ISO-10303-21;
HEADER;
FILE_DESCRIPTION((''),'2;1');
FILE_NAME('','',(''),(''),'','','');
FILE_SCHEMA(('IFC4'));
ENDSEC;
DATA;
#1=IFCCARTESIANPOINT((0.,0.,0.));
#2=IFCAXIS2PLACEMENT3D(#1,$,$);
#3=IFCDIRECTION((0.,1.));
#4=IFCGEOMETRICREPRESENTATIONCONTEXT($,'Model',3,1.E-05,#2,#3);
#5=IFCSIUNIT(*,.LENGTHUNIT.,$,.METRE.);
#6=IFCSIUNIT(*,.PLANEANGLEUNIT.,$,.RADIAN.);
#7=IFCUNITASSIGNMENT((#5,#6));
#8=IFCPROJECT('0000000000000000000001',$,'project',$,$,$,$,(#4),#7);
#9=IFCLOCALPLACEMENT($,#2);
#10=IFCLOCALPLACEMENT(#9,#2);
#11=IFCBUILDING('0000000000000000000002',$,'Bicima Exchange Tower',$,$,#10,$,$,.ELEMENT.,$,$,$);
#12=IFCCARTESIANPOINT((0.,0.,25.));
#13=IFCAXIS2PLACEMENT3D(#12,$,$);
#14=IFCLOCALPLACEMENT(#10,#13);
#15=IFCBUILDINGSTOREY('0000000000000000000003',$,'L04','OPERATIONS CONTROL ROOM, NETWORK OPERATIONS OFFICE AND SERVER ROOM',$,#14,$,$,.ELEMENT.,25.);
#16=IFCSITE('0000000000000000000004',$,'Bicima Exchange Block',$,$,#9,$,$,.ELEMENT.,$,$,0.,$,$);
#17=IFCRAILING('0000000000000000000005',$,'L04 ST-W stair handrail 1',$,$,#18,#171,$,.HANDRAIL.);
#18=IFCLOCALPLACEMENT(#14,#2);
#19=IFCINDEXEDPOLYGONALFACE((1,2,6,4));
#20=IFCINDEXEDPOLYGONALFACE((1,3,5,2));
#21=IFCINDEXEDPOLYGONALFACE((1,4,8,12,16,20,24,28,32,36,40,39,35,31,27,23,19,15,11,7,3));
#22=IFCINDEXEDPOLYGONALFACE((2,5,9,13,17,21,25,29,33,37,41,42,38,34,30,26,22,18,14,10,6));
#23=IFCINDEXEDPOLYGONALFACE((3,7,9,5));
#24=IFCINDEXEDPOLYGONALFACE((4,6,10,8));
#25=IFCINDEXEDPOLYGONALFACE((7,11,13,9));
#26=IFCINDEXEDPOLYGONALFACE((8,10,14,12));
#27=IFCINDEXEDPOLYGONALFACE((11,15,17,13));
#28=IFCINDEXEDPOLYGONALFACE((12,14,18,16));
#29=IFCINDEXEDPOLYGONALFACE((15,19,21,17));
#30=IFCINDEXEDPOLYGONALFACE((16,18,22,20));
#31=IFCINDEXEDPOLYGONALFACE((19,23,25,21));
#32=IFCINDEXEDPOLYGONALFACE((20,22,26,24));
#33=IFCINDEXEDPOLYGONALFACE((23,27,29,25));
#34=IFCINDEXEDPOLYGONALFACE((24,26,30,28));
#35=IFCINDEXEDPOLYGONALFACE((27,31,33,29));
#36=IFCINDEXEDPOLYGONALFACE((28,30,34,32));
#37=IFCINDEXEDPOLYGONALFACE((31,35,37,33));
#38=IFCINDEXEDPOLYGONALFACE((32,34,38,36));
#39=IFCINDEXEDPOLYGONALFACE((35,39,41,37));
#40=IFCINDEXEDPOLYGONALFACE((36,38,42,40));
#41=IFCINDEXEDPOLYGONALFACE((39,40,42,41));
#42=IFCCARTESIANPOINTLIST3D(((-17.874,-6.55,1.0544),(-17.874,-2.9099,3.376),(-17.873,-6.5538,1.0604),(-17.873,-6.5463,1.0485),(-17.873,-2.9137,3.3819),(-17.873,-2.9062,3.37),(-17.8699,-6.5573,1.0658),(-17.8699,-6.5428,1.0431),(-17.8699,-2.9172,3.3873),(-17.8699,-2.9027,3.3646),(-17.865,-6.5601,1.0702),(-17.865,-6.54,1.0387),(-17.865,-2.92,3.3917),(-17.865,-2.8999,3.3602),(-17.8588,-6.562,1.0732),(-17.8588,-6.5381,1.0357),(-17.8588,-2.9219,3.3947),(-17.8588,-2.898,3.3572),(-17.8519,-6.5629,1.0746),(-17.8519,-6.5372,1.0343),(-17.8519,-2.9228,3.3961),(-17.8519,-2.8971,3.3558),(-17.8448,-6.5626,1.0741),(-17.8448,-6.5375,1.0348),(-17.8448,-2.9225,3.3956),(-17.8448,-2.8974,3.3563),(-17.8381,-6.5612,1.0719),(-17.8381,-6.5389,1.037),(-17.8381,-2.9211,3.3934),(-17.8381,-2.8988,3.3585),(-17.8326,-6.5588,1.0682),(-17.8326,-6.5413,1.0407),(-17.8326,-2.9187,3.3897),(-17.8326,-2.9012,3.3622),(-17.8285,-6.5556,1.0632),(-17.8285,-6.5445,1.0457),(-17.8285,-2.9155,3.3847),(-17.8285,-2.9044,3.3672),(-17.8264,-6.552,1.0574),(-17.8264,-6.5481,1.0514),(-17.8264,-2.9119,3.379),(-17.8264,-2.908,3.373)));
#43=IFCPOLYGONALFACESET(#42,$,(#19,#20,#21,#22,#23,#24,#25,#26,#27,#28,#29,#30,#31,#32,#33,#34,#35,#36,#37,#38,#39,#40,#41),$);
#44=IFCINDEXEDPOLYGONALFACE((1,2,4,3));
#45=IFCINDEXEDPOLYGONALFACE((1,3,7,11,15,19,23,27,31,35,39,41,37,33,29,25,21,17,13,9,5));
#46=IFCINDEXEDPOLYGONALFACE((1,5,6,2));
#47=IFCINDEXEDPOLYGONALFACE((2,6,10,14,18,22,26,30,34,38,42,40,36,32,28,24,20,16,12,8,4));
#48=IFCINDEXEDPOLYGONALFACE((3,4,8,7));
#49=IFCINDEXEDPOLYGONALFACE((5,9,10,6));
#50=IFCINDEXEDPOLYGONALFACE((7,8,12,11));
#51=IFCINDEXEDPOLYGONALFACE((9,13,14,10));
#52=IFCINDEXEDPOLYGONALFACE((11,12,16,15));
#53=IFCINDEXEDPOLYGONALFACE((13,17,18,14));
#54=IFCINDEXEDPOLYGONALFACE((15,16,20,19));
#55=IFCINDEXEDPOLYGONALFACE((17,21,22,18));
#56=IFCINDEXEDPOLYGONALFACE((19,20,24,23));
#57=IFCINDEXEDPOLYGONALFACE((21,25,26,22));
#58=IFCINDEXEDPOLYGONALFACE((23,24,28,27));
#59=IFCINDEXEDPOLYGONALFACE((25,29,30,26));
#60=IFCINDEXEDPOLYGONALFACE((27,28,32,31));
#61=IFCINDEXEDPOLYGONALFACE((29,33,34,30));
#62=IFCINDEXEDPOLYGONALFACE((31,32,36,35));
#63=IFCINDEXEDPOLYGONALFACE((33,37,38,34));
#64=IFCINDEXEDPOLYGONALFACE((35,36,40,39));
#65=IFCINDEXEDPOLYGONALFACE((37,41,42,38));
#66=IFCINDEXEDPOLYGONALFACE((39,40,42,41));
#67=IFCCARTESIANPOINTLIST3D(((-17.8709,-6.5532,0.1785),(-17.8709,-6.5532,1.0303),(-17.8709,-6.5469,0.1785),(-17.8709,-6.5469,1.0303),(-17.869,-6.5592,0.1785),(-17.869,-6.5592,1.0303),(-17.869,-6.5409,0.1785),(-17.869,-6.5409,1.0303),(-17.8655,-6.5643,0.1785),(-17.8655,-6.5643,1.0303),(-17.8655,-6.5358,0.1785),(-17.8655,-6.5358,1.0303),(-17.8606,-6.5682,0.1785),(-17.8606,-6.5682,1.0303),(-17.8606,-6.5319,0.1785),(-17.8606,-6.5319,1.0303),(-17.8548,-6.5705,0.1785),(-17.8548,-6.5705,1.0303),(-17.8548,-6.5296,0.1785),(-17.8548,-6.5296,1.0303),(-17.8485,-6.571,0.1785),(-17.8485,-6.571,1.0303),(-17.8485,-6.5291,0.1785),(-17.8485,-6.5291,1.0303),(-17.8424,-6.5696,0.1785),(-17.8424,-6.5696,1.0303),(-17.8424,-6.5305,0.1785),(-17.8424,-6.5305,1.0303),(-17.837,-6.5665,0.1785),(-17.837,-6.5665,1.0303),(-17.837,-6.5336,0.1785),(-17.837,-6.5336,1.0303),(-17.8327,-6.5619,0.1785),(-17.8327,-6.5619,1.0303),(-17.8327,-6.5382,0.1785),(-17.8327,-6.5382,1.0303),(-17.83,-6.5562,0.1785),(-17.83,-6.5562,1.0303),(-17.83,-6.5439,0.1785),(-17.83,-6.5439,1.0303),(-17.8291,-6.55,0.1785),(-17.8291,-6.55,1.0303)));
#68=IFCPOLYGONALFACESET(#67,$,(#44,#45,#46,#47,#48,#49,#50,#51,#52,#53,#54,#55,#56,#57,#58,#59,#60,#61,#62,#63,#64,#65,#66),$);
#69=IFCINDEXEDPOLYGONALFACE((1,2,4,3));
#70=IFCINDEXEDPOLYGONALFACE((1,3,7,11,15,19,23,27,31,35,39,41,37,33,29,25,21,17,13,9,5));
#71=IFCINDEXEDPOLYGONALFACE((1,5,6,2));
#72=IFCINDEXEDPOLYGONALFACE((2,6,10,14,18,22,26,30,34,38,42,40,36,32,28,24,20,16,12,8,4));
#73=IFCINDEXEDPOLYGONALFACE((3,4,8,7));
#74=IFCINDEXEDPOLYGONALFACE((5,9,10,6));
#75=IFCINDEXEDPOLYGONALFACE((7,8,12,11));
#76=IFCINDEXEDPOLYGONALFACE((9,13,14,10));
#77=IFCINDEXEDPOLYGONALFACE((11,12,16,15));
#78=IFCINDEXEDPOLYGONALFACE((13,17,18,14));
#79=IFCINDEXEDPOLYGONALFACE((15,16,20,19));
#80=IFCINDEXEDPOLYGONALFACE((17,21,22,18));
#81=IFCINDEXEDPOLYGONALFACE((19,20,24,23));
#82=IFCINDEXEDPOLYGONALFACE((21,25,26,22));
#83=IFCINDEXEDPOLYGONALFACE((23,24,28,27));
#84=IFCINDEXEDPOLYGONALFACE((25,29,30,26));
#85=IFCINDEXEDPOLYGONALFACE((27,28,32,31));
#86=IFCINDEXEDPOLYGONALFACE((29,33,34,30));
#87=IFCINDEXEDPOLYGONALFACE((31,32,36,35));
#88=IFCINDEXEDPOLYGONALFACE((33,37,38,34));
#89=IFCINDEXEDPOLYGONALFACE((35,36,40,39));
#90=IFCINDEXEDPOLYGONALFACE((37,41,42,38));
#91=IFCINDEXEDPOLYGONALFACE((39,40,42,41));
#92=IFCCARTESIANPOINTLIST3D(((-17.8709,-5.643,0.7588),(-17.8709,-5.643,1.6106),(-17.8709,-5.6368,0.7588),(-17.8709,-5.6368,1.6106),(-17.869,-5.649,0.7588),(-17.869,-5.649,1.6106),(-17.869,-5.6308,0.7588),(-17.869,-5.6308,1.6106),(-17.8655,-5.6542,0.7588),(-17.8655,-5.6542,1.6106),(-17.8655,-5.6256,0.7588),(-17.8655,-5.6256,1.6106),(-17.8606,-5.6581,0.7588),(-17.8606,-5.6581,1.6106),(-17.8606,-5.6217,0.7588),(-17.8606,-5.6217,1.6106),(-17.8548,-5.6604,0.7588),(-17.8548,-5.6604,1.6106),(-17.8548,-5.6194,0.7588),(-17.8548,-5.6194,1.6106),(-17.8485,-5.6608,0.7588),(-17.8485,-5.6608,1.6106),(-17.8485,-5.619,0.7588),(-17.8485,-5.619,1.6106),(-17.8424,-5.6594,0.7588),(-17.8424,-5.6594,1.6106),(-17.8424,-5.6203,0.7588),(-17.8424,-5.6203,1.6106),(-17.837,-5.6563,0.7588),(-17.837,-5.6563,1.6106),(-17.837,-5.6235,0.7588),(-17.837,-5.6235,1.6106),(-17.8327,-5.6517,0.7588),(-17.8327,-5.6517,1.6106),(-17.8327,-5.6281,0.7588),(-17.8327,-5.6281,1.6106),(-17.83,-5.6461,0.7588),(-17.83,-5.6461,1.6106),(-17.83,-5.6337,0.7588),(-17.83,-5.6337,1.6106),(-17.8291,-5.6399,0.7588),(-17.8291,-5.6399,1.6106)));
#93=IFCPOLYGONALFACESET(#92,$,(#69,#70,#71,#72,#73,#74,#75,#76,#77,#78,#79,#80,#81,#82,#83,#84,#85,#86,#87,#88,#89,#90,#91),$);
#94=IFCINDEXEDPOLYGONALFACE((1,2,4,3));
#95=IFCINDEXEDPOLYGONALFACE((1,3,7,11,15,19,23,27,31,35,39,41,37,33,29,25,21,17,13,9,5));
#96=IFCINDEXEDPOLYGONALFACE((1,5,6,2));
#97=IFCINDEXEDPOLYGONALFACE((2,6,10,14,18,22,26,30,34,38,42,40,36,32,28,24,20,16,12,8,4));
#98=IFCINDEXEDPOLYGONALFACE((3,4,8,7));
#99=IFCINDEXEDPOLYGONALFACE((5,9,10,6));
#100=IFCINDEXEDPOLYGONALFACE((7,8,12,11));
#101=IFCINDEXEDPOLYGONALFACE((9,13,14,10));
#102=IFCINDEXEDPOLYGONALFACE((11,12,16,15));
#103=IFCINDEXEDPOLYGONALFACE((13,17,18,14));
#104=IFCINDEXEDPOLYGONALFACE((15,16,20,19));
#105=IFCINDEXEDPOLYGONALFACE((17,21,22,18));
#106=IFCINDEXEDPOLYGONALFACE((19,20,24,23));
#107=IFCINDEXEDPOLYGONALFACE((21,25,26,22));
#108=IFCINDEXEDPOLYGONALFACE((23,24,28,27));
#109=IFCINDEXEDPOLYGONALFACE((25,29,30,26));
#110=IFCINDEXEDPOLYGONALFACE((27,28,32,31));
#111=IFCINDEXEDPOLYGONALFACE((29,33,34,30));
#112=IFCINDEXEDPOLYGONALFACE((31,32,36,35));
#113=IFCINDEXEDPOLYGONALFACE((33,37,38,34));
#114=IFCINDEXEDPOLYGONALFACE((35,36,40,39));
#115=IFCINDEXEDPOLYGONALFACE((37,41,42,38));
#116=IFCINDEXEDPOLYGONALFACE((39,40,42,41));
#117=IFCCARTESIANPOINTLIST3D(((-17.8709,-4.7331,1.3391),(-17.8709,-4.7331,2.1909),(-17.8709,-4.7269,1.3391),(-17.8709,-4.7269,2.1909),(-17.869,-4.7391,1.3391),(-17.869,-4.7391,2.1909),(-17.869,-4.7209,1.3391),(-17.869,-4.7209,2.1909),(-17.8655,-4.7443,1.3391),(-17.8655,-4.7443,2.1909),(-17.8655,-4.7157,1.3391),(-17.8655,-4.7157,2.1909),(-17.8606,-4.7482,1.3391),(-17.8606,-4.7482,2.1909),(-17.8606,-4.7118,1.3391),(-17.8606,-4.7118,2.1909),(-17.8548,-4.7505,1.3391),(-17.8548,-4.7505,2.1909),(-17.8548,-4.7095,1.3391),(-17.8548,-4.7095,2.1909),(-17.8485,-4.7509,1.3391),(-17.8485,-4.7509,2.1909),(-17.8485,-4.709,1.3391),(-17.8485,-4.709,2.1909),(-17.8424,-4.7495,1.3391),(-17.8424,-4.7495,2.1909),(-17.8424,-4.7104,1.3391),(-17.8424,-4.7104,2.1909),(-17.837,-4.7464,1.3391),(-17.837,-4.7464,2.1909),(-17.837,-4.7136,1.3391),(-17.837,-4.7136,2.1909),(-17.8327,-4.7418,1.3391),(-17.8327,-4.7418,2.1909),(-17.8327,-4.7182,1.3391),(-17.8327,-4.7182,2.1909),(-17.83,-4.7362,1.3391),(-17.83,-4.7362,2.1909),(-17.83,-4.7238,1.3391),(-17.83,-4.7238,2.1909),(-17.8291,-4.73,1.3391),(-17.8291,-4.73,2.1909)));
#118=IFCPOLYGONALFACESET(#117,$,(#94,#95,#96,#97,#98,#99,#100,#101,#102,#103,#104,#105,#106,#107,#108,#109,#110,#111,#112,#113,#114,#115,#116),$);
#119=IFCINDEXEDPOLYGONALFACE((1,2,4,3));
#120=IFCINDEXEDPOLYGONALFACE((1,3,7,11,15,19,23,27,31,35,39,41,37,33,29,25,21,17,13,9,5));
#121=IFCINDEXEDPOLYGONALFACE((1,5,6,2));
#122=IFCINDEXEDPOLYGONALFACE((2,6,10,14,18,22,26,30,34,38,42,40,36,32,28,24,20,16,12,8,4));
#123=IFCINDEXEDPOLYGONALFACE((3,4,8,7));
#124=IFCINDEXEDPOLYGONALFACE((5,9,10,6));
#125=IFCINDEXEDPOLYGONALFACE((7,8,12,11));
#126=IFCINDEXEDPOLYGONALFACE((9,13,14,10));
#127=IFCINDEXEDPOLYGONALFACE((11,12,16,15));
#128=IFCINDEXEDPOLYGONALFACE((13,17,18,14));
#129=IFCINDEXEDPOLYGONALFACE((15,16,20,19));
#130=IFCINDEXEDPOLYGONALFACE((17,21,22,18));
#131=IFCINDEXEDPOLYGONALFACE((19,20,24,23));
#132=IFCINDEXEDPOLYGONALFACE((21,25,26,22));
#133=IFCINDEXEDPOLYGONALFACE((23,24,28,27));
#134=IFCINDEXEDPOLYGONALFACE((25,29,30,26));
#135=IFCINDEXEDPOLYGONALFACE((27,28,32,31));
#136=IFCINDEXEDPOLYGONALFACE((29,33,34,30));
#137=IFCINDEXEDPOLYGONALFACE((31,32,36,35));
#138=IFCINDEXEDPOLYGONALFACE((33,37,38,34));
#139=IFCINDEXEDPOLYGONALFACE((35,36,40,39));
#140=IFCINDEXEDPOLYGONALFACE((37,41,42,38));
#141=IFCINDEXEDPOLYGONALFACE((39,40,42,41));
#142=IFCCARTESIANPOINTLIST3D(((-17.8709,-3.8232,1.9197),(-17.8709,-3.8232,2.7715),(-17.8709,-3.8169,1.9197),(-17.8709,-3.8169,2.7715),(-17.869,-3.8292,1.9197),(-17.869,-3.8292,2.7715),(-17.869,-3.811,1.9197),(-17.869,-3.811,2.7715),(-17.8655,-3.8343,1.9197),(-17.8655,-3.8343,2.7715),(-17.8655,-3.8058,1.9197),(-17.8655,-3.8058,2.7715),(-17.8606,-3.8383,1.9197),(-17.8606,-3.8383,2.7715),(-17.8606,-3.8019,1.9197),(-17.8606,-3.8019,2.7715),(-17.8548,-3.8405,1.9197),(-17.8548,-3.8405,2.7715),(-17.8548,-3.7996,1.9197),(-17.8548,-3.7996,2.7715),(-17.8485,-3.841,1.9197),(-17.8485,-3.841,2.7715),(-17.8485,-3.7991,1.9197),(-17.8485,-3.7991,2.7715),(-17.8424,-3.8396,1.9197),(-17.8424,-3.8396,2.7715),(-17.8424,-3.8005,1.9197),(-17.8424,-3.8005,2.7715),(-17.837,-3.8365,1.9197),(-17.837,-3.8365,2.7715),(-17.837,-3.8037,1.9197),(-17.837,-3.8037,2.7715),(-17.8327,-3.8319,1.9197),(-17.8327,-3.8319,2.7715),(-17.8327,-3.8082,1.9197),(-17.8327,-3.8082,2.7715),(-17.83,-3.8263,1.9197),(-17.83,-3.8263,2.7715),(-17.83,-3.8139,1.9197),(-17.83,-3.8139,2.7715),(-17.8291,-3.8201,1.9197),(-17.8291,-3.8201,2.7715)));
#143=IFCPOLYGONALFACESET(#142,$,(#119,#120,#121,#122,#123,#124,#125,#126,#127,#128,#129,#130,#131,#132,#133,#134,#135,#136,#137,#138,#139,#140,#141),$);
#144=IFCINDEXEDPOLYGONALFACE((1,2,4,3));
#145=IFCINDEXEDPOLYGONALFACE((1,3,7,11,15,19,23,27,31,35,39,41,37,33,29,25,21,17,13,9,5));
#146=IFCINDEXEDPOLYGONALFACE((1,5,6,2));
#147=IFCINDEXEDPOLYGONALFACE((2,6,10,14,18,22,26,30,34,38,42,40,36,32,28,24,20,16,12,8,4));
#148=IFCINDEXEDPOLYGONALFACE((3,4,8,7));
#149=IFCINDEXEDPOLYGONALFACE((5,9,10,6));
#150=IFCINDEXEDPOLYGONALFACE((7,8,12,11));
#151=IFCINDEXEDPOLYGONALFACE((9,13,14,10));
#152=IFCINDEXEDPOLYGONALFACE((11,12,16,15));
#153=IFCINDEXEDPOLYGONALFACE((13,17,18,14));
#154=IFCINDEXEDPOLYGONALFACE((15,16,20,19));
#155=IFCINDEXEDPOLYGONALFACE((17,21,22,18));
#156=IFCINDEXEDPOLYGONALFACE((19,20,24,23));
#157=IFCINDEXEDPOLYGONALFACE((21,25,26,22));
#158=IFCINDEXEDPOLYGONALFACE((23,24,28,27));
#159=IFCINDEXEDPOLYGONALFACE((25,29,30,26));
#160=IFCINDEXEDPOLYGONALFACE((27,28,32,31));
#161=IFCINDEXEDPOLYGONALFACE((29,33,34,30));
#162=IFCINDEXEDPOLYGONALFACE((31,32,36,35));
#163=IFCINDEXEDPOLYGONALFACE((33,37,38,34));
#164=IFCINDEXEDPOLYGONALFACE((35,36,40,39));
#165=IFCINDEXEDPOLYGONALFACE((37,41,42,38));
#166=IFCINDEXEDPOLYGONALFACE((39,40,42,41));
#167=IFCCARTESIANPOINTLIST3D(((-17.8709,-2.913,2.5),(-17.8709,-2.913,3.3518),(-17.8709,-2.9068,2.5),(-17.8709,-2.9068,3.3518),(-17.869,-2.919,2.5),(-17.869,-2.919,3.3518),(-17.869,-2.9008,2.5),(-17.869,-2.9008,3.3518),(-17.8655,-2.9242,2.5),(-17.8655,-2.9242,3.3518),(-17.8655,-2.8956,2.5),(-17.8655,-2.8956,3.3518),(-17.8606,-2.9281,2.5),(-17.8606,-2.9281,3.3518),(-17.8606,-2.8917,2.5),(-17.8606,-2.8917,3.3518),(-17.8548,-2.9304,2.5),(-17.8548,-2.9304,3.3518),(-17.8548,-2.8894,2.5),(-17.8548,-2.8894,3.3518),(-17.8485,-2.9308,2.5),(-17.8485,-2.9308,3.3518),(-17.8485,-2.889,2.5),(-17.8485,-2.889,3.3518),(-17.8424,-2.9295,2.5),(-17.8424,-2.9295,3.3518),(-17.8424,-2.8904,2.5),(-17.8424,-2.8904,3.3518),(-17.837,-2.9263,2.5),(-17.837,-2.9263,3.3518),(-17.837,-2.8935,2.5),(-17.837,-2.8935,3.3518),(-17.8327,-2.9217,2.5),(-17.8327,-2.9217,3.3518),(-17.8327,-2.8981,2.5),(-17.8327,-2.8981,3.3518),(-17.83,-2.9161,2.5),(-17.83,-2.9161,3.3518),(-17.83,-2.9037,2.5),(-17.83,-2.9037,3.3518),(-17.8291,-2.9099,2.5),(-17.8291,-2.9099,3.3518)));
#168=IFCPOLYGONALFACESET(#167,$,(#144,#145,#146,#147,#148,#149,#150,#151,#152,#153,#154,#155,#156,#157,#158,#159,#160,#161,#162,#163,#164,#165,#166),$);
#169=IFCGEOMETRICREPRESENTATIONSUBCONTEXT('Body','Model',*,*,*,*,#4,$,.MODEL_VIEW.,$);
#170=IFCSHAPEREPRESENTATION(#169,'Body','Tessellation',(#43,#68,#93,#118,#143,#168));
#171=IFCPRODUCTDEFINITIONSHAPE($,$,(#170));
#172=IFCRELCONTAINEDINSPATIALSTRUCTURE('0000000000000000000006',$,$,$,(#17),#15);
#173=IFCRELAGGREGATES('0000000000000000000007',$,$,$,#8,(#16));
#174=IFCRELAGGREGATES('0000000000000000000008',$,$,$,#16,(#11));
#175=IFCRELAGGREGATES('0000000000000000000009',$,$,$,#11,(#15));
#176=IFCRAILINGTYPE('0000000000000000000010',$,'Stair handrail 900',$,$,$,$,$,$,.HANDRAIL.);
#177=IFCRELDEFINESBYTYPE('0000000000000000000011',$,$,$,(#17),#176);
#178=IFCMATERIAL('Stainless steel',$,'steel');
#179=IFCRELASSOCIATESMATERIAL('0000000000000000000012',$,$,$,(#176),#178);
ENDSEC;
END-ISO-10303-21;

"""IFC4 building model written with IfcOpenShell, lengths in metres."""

from ifc_helpers import new_model, si_unit, direction, frame, origin, origin_2d, place, context, subcontext, project, spatial, circle, extrude, material, type_object, element, save


model = new_model("IFC4")

# Units and contexts
model_context = context("Model", 3, precision=1e-05, world=origin(), true_north=direction((0.0, 1.0)))
body_context = subcontext(model_context, "Body", "Model", "MODEL_VIEW")
ifc_project = project(units=[si_unit("LENGTHUNIT", "METRE"), si_unit("PLANEANGLEUNIT", "RADIAN")], contexts=[model_context])

# Site, building, storey
site_placement = place(None, origin())
site = spatial("IfcSite", under=ifc_project, at=site_placement, Name="Bicima Exchange Block", CompositionType="ELEMENT", RefElevation=0.0)
building_placement = place(site_placement, origin())
building = spatial("IfcBuilding", under=site, at=building_placement, Name="Bicima Exchange Tower", CompositionType="ELEMENT")
storey_placement = place(building_placement, frame((0.0, 0.0, 25.0)))
storey = spatial("IfcBuildingStorey", under=building, at=storey_placement, Name="L04", Description="OPERATIONS CONTROL ROOM, NETWORK OPERATIONS OFFICE AND SERVER ROOM", CompositionType="ELEMENT", Elevation=25.0)

# Shared definitions
ifc_material_1 = material(Name="Stainless steel", Category="steel")

# Railing
railing_type_1 = type_object("IfcRailingType", Name="Stair handrail 900", PredefinedType="HANDRAIL", material=ifc_material_1)
railing_1_placement = place(storey_placement, frame((-17.8501, -6.55, 0.1785)))
element("IfcRailing", 1, at=railing_1_placement, inside=storey, type_object=railing_type_1, Name="L04 ST-W stair handrail 1", PredefinedType="HANDRAIL", context=body_context, shape_type="SweptSolid", body=[
    extrude(circle(Radius=0.0239, at=origin_2d()), frame((0.0, 0.0, 0.876), z_axis=(0.0, 0.843128, 0.537713), x_axis=(-1.0, 0.0, 0.0)), (0.0, 0.0, 1.0), 4.3174),
    extrude(circle(Radius=0.021, at=origin_2d()), origin(), (0.0, 0.0, 1.0), 0.8518),
    extrude(circle(Radius=0.021, at=origin_2d()), frame((0.0, 0.9102, 0.5803)), (0.0, 0.0, 1.0), 0.8518),
    extrude(circle(Radius=0.021, at=origin_2d()), frame((0.0, 1.8201, 1.1606)), (0.0, 0.0, 1.0), 0.8518),
    extrude(circle(Radius=0.021, at=origin_2d()), frame((0.0, 2.73, 1.7412)), (0.0, 0.0, 1.0), 0.8518),
    extrude(circle(Radius=0.021, at=origin_2d()), frame((0.0, 3.6401, 2.3215)), (0.0, 0.0, 1.0), 0.8518),
])

save(model, "model.ifc")
